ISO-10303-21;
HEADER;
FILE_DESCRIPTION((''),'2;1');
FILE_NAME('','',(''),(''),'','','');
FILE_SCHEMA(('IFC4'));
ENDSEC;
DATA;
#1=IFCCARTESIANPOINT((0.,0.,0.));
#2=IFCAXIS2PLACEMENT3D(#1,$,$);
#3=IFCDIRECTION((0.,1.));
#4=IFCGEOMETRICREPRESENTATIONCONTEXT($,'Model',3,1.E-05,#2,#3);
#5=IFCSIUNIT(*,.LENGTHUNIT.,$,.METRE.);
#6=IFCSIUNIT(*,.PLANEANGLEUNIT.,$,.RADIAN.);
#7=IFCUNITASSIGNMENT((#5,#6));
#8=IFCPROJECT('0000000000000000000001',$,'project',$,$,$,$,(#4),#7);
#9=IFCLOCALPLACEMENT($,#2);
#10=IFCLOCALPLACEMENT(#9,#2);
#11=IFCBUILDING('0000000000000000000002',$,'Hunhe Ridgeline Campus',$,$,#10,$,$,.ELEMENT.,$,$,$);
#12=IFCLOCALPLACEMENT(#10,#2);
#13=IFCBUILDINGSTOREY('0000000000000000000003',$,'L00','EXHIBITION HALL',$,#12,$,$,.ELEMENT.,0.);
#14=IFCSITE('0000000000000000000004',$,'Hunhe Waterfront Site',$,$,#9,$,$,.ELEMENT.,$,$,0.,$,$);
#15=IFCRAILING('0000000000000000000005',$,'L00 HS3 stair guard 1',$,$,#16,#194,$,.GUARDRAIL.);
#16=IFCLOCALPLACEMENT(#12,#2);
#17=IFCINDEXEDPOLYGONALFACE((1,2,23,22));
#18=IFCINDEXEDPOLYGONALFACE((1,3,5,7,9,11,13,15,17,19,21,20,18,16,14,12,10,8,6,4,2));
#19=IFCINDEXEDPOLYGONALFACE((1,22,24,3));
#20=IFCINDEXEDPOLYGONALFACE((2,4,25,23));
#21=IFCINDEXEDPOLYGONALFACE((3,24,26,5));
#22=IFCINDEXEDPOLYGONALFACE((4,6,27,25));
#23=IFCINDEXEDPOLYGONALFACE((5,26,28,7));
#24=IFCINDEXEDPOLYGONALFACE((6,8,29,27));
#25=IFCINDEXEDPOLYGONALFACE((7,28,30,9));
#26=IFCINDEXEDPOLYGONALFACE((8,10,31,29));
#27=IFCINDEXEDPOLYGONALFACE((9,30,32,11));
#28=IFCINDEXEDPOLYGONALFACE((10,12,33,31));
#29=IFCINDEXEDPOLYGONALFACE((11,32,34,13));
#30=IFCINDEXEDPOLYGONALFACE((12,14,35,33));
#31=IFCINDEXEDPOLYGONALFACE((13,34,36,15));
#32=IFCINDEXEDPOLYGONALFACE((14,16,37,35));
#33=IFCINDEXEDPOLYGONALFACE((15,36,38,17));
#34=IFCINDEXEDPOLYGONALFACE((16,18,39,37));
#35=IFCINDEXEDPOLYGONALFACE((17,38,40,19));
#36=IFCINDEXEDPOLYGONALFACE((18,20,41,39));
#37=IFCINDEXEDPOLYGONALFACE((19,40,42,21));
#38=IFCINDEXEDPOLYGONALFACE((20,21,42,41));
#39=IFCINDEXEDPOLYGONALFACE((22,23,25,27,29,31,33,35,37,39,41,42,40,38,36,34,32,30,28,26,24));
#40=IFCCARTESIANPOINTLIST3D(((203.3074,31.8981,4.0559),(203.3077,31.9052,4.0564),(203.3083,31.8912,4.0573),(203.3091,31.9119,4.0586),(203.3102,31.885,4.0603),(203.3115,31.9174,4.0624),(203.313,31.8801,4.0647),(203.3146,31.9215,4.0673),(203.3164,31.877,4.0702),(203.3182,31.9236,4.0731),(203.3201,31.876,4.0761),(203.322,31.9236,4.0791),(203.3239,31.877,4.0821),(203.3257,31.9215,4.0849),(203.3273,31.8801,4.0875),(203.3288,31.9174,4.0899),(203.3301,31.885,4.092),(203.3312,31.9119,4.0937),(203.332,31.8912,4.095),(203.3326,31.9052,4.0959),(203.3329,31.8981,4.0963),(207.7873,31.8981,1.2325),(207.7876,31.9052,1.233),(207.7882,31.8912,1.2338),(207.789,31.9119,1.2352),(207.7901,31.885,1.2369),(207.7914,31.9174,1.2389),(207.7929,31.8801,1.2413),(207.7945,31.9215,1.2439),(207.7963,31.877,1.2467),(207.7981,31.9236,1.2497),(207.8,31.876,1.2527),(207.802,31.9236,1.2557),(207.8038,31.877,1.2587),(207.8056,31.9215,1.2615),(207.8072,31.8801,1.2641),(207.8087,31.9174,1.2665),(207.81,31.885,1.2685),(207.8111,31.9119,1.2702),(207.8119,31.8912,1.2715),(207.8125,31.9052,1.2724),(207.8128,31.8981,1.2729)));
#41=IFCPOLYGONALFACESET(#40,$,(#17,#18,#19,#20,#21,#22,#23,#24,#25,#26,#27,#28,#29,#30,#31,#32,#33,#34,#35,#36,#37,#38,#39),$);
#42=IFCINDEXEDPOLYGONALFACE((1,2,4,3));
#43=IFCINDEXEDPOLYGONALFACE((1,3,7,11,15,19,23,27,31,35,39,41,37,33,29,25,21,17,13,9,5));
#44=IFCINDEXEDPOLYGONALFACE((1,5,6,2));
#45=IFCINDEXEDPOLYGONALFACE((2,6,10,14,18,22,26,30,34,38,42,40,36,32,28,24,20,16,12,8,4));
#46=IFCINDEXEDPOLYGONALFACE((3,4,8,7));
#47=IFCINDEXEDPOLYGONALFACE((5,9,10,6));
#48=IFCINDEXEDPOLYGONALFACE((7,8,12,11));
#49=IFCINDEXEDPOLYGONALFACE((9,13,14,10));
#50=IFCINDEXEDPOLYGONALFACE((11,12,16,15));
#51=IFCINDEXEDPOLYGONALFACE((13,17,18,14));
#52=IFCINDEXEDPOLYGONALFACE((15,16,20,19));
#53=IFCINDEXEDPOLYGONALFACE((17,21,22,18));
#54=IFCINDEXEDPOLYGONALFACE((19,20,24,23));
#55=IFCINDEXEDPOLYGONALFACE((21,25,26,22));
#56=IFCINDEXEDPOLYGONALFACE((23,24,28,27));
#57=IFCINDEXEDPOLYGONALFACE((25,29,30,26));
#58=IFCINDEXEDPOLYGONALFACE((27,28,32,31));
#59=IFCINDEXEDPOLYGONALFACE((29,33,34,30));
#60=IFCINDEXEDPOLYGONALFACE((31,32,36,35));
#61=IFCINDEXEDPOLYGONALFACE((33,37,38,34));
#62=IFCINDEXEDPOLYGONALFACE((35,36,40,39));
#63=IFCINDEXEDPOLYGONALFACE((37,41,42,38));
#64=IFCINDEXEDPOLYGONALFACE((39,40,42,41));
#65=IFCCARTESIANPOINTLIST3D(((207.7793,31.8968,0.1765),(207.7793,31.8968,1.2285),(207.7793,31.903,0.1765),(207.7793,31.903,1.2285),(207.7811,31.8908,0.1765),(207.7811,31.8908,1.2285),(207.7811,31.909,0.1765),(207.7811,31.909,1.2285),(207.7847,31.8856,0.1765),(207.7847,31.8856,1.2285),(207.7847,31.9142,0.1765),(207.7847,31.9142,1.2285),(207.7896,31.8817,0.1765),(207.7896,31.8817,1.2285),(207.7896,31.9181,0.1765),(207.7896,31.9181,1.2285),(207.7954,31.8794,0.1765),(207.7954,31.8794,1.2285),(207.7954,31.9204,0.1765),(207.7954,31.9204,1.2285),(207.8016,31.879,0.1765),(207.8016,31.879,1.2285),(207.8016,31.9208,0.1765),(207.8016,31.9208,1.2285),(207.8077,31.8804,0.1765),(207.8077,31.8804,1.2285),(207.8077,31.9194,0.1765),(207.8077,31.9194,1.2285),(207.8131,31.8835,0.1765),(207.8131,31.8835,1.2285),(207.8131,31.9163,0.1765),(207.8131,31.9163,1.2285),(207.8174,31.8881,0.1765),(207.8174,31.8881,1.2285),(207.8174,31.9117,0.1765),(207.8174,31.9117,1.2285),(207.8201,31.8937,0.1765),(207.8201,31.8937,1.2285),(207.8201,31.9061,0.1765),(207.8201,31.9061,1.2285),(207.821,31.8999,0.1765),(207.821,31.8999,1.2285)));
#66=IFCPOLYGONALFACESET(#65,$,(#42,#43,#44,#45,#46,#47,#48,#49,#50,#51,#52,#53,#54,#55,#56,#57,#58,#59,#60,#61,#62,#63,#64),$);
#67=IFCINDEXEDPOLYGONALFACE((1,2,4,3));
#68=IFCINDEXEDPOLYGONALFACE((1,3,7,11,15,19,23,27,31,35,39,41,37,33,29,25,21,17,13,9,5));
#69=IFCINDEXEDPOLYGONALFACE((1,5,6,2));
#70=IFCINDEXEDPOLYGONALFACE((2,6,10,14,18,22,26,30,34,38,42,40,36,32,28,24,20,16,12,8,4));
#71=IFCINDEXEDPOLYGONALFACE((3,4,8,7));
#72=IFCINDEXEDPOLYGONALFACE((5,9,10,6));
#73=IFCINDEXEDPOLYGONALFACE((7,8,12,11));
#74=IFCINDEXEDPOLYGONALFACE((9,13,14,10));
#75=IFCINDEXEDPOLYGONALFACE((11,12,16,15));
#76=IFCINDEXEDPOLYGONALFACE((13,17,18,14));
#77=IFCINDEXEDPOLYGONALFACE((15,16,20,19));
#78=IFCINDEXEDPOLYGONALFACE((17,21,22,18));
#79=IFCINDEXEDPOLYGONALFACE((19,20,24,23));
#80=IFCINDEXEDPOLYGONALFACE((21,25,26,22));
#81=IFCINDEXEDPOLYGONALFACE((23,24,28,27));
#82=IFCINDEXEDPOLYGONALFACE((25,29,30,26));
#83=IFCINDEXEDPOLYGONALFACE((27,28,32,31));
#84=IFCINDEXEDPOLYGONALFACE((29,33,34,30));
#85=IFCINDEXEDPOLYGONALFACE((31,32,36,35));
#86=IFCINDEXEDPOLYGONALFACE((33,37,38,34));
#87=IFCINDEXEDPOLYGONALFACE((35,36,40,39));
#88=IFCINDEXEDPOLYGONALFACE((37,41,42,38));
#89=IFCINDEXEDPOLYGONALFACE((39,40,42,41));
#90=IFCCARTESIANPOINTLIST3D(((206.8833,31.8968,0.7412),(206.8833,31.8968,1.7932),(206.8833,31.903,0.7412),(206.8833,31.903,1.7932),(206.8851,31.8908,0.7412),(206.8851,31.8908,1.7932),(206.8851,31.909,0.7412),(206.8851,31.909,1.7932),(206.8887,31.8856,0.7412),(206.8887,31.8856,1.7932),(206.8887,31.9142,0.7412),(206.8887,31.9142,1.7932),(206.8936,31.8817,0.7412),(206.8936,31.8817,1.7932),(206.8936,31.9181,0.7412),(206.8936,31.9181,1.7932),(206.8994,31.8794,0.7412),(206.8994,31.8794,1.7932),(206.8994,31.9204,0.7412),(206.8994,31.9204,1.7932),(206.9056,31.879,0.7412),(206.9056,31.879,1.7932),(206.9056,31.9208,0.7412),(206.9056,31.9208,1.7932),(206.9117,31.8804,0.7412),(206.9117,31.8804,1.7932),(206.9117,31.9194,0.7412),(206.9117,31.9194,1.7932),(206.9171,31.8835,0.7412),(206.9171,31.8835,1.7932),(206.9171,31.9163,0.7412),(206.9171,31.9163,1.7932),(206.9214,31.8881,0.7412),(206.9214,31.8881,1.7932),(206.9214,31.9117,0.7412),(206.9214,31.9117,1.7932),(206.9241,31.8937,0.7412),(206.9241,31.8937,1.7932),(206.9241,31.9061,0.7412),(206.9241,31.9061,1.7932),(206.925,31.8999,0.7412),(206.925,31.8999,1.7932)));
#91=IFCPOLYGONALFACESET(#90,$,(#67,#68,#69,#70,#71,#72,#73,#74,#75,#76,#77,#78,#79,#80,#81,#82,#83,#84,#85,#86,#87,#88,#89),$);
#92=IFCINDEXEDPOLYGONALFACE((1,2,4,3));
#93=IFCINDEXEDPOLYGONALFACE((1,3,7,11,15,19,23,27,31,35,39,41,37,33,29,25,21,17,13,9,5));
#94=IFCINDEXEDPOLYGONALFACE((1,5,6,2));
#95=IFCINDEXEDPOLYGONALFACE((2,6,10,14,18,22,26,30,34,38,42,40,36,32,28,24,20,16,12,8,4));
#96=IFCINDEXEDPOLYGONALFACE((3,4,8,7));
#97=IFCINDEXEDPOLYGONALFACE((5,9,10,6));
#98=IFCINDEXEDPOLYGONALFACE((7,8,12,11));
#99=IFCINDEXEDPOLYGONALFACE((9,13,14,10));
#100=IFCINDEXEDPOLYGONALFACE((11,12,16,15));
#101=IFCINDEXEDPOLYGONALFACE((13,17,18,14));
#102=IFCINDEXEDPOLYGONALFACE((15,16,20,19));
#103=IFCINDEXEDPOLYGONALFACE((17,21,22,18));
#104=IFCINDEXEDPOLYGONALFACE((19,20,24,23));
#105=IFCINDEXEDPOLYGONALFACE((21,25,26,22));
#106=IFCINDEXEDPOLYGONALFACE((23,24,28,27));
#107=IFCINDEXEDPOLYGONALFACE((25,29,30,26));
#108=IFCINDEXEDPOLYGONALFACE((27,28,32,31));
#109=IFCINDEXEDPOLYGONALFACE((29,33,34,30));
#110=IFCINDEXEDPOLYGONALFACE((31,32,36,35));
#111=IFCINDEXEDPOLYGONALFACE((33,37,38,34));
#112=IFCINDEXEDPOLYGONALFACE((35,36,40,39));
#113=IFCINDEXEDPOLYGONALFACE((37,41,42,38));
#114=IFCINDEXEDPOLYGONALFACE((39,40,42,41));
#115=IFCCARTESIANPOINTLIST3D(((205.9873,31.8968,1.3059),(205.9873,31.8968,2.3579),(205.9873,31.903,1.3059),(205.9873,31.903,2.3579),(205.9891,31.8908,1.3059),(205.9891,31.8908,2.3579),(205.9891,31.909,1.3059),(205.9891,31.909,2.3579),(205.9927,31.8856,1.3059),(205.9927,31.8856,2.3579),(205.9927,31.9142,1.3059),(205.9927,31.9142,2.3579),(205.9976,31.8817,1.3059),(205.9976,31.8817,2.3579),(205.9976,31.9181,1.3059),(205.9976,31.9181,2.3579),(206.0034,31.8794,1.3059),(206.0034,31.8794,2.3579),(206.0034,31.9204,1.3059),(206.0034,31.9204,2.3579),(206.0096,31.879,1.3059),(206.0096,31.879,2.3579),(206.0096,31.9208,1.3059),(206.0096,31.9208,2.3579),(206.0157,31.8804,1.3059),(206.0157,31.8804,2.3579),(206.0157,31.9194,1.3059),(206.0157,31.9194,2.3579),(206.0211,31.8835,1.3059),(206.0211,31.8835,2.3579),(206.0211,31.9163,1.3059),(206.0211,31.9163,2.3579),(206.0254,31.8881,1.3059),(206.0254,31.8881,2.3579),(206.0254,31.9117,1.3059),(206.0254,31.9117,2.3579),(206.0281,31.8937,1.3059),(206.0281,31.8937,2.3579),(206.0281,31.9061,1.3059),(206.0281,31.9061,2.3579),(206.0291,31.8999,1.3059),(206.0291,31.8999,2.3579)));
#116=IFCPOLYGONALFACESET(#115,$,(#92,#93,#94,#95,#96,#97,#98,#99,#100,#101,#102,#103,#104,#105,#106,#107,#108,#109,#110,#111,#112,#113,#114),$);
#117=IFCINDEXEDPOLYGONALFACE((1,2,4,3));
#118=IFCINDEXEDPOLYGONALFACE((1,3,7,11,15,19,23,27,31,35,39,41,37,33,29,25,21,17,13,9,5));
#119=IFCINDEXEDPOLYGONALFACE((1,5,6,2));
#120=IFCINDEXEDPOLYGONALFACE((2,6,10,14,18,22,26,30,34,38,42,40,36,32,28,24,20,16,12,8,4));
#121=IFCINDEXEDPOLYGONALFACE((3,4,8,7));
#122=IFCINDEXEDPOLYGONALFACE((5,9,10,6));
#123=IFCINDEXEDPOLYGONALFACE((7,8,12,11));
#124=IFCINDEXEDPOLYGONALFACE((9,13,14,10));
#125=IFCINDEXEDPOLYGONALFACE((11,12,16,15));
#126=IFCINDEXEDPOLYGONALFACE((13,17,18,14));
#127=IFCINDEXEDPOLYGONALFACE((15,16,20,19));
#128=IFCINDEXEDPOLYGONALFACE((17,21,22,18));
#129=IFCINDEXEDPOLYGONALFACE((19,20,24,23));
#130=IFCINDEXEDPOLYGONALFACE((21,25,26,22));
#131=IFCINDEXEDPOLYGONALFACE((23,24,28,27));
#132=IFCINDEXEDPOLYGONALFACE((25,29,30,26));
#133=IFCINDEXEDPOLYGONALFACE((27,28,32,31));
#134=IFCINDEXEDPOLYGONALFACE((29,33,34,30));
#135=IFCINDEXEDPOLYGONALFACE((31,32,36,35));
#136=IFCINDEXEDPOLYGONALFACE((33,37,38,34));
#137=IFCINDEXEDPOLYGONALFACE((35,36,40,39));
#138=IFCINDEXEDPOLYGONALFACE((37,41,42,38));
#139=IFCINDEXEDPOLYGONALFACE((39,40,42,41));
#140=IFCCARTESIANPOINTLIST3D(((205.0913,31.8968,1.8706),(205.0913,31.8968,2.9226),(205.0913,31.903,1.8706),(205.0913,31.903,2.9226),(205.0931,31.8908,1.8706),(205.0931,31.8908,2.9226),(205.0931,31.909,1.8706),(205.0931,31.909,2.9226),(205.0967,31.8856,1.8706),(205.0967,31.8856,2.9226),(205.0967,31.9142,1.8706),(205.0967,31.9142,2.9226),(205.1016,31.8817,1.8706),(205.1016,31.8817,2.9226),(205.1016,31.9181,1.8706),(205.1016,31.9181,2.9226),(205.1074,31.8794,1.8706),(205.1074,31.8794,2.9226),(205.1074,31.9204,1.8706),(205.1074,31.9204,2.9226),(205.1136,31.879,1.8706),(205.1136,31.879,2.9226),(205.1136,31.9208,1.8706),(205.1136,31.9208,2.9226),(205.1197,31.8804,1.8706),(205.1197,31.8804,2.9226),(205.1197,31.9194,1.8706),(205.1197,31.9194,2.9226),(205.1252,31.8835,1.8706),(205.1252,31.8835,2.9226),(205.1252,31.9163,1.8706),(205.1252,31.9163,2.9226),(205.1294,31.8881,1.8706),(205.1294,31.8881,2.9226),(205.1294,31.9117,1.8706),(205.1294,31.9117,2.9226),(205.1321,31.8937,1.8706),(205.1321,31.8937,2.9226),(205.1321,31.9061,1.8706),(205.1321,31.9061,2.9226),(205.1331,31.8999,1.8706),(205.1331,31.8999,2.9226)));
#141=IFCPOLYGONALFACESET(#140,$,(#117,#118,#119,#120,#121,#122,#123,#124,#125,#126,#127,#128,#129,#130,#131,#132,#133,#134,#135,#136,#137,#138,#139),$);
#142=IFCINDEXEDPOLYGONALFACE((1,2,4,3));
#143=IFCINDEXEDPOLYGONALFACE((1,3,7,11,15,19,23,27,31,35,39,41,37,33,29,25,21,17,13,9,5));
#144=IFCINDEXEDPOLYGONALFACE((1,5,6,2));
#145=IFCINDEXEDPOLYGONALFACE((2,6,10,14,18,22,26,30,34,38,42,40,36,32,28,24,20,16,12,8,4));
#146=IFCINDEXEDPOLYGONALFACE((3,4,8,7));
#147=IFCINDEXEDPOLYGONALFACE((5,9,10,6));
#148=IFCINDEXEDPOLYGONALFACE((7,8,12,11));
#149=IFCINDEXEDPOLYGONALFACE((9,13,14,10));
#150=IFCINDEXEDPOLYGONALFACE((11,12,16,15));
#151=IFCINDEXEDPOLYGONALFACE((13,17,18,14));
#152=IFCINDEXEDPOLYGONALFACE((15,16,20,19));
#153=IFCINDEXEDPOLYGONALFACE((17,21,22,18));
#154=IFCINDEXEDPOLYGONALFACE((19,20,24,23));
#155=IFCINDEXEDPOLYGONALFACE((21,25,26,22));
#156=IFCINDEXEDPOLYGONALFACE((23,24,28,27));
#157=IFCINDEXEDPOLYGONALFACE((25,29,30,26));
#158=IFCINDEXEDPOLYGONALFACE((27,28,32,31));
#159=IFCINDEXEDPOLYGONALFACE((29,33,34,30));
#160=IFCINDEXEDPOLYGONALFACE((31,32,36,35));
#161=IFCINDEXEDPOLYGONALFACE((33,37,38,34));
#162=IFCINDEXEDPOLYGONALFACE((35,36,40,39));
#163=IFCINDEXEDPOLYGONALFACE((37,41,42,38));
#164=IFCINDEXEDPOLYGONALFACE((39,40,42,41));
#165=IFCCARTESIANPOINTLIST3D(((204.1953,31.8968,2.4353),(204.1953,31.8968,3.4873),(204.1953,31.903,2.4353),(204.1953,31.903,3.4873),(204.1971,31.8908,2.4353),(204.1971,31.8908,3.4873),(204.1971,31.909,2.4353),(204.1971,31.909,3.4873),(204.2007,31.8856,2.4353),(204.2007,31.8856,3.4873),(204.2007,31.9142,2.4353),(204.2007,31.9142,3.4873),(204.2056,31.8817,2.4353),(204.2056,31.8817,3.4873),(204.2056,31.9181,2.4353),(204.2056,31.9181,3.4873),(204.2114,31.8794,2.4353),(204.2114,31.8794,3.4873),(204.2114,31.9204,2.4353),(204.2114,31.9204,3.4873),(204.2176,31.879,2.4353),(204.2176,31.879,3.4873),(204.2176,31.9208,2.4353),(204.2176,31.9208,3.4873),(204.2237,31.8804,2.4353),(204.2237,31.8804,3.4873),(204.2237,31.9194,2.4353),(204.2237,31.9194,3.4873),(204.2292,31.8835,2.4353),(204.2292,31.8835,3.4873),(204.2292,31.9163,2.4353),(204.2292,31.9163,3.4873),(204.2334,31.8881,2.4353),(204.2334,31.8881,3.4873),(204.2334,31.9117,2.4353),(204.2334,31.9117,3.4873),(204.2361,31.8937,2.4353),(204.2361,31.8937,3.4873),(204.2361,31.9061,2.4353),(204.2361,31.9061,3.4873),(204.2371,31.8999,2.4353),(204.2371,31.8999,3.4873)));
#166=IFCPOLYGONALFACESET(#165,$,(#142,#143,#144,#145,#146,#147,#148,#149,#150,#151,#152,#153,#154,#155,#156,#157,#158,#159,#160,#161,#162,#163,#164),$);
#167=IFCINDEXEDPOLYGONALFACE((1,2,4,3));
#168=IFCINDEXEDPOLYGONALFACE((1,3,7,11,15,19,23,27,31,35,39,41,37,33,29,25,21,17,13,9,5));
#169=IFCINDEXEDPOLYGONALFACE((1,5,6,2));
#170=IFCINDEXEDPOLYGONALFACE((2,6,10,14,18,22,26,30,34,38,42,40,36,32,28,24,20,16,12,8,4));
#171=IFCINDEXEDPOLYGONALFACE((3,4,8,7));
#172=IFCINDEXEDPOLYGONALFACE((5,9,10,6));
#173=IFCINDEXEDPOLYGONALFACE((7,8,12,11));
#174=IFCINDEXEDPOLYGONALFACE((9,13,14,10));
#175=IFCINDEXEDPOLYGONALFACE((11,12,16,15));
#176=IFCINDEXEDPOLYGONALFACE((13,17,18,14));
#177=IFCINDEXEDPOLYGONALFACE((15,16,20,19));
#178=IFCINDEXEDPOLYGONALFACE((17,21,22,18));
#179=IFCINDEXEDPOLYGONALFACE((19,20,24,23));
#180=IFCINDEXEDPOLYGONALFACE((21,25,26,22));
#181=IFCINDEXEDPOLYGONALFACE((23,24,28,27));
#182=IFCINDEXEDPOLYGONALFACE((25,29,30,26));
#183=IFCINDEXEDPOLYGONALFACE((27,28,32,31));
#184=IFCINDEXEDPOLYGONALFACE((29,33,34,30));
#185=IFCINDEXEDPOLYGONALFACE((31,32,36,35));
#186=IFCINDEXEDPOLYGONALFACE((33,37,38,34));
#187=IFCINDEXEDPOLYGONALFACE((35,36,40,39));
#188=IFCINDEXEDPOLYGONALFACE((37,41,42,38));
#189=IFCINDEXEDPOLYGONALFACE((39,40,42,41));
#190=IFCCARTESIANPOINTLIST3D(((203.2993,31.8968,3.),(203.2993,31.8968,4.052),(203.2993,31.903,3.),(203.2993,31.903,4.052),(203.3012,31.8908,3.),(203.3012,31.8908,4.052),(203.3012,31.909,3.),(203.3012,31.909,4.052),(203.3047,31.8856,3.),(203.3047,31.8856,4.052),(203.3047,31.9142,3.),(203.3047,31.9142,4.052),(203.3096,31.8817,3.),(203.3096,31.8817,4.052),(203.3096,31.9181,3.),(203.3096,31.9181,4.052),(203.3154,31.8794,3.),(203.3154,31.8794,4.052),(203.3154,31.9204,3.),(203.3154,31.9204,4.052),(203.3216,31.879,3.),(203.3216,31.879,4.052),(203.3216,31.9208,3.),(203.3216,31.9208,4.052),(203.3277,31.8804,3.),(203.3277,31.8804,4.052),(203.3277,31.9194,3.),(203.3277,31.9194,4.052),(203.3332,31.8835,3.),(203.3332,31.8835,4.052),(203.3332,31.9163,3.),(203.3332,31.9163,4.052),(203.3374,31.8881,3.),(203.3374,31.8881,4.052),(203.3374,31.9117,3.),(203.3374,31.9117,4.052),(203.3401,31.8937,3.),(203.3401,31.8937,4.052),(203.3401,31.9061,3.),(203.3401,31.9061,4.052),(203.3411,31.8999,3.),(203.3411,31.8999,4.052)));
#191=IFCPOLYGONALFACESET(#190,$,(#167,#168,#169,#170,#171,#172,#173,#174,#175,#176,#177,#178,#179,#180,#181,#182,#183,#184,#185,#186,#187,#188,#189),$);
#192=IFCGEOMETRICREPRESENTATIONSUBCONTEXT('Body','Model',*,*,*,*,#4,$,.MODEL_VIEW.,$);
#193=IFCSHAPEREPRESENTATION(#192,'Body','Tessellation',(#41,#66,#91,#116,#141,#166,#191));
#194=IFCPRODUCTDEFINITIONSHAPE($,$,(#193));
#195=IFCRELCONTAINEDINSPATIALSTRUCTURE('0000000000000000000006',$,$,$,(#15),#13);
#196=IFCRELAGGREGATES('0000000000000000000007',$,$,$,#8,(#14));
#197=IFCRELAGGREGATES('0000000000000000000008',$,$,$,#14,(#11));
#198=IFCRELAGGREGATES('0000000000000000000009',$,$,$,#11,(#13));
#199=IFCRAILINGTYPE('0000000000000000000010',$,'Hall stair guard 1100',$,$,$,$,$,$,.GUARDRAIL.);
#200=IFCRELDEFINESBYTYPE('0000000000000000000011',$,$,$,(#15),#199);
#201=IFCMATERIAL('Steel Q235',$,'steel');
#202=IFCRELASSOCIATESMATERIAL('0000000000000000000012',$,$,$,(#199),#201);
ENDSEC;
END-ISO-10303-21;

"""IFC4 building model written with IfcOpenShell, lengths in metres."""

from ifc_helpers import new_model, si_unit, direction, frame, origin, origin_2d, place, context, subcontext, project, spatial, circle, extrude, material, type_object, element, save


model = new_model("IFC4")

# Units and contexts
model_context = context("Model", 3, precision=1e-05, world=origin(), true_north=direction((0.0, 1.0)))
body_context = subcontext(model_context, "Body", "Model", "MODEL_VIEW")
ifc_project = project(units=[si_unit("LENGTHUNIT", "METRE"), si_unit("PLANEANGLEUNIT", "RADIAN")], contexts=[model_context])

# Site, building, storey
site_placement = place(None, origin())
site = spatial("IfcSite", under=ifc_project, at=site_placement, Name="Hunhe Waterfront Site", CompositionType="ELEMENT", RefElevation=0.0)
building_placement = place(site_placement, origin())
building = spatial("IfcBuilding", under=site, at=building_placement, Name="Hunhe Ridgeline Campus", CompositionType="ELEMENT")
storey_placement = place(building_placement, origin())
storey = spatial("IfcBuildingStorey", under=building, at=storey_placement, Name="L00", Description="EXHIBITION HALL", CompositionType="ELEMENT", Elevation=0.0)

# Shared definitions
ifc_material_1 = material(Name="Steel Q235", Category="steel")

# Railing
railing_type_1 = type_object("IfcRailingType", Name="Hall stair guard 1100", PredefinedType="GUARDRAIL", material=ifc_material_1)
railing_1_placement = place(storey_placement, frame((207.8, 31.8999, 0.1765)))
element("IfcRailing", 1, at=railing_1_placement, inside=storey, type_object=railing_type_1, Name="L00 HS3 stair guard 1", PredefinedType="GUARDRAIL", context=body_context, shape_type="SweptSolid", body=[
    extrude(circle(Radius=0.0239, at=origin_2d()), frame((0.0, 0.0, 1.0762), z_axis=(-0.845998, 0.0, 0.533186), x_axis=(0.0, -1.0, 0.0)), (0.0, 0.0, 1.0), 5.2954),
    extrude(circle(Radius=0.021, at=origin_2d()), origin(), (0.0, 0.0, 1.0), 1.052),
    extrude(circle(Radius=0.021, at=origin_2d()), frame((-0.896, 0.0, 0.5647)), (0.0, 0.0, 1.0), 1.052),
    extrude(circle(Radius=0.021, at=origin_2d()), frame((-1.792, 0.0, 1.1294)), (0.0, 0.0, 1.0), 1.052),
    extrude(circle(Radius=0.021, at=origin_2d()), frame((-2.688, 0.0, 1.6941)), (0.0, 0.0, 1.0), 1.052),
    extrude(circle(Radius=0.021, at=origin_2d()), frame((-3.584, 0.0, 2.2588)), (0.0, 0.0, 1.0), 1.052),
    extrude(circle(Radius=0.021, at=origin_2d()), frame((-4.48, 0.0, 2.8235)), (0.0, 0.0, 1.0), 1.052),
])

save(model, "model.ifc")
